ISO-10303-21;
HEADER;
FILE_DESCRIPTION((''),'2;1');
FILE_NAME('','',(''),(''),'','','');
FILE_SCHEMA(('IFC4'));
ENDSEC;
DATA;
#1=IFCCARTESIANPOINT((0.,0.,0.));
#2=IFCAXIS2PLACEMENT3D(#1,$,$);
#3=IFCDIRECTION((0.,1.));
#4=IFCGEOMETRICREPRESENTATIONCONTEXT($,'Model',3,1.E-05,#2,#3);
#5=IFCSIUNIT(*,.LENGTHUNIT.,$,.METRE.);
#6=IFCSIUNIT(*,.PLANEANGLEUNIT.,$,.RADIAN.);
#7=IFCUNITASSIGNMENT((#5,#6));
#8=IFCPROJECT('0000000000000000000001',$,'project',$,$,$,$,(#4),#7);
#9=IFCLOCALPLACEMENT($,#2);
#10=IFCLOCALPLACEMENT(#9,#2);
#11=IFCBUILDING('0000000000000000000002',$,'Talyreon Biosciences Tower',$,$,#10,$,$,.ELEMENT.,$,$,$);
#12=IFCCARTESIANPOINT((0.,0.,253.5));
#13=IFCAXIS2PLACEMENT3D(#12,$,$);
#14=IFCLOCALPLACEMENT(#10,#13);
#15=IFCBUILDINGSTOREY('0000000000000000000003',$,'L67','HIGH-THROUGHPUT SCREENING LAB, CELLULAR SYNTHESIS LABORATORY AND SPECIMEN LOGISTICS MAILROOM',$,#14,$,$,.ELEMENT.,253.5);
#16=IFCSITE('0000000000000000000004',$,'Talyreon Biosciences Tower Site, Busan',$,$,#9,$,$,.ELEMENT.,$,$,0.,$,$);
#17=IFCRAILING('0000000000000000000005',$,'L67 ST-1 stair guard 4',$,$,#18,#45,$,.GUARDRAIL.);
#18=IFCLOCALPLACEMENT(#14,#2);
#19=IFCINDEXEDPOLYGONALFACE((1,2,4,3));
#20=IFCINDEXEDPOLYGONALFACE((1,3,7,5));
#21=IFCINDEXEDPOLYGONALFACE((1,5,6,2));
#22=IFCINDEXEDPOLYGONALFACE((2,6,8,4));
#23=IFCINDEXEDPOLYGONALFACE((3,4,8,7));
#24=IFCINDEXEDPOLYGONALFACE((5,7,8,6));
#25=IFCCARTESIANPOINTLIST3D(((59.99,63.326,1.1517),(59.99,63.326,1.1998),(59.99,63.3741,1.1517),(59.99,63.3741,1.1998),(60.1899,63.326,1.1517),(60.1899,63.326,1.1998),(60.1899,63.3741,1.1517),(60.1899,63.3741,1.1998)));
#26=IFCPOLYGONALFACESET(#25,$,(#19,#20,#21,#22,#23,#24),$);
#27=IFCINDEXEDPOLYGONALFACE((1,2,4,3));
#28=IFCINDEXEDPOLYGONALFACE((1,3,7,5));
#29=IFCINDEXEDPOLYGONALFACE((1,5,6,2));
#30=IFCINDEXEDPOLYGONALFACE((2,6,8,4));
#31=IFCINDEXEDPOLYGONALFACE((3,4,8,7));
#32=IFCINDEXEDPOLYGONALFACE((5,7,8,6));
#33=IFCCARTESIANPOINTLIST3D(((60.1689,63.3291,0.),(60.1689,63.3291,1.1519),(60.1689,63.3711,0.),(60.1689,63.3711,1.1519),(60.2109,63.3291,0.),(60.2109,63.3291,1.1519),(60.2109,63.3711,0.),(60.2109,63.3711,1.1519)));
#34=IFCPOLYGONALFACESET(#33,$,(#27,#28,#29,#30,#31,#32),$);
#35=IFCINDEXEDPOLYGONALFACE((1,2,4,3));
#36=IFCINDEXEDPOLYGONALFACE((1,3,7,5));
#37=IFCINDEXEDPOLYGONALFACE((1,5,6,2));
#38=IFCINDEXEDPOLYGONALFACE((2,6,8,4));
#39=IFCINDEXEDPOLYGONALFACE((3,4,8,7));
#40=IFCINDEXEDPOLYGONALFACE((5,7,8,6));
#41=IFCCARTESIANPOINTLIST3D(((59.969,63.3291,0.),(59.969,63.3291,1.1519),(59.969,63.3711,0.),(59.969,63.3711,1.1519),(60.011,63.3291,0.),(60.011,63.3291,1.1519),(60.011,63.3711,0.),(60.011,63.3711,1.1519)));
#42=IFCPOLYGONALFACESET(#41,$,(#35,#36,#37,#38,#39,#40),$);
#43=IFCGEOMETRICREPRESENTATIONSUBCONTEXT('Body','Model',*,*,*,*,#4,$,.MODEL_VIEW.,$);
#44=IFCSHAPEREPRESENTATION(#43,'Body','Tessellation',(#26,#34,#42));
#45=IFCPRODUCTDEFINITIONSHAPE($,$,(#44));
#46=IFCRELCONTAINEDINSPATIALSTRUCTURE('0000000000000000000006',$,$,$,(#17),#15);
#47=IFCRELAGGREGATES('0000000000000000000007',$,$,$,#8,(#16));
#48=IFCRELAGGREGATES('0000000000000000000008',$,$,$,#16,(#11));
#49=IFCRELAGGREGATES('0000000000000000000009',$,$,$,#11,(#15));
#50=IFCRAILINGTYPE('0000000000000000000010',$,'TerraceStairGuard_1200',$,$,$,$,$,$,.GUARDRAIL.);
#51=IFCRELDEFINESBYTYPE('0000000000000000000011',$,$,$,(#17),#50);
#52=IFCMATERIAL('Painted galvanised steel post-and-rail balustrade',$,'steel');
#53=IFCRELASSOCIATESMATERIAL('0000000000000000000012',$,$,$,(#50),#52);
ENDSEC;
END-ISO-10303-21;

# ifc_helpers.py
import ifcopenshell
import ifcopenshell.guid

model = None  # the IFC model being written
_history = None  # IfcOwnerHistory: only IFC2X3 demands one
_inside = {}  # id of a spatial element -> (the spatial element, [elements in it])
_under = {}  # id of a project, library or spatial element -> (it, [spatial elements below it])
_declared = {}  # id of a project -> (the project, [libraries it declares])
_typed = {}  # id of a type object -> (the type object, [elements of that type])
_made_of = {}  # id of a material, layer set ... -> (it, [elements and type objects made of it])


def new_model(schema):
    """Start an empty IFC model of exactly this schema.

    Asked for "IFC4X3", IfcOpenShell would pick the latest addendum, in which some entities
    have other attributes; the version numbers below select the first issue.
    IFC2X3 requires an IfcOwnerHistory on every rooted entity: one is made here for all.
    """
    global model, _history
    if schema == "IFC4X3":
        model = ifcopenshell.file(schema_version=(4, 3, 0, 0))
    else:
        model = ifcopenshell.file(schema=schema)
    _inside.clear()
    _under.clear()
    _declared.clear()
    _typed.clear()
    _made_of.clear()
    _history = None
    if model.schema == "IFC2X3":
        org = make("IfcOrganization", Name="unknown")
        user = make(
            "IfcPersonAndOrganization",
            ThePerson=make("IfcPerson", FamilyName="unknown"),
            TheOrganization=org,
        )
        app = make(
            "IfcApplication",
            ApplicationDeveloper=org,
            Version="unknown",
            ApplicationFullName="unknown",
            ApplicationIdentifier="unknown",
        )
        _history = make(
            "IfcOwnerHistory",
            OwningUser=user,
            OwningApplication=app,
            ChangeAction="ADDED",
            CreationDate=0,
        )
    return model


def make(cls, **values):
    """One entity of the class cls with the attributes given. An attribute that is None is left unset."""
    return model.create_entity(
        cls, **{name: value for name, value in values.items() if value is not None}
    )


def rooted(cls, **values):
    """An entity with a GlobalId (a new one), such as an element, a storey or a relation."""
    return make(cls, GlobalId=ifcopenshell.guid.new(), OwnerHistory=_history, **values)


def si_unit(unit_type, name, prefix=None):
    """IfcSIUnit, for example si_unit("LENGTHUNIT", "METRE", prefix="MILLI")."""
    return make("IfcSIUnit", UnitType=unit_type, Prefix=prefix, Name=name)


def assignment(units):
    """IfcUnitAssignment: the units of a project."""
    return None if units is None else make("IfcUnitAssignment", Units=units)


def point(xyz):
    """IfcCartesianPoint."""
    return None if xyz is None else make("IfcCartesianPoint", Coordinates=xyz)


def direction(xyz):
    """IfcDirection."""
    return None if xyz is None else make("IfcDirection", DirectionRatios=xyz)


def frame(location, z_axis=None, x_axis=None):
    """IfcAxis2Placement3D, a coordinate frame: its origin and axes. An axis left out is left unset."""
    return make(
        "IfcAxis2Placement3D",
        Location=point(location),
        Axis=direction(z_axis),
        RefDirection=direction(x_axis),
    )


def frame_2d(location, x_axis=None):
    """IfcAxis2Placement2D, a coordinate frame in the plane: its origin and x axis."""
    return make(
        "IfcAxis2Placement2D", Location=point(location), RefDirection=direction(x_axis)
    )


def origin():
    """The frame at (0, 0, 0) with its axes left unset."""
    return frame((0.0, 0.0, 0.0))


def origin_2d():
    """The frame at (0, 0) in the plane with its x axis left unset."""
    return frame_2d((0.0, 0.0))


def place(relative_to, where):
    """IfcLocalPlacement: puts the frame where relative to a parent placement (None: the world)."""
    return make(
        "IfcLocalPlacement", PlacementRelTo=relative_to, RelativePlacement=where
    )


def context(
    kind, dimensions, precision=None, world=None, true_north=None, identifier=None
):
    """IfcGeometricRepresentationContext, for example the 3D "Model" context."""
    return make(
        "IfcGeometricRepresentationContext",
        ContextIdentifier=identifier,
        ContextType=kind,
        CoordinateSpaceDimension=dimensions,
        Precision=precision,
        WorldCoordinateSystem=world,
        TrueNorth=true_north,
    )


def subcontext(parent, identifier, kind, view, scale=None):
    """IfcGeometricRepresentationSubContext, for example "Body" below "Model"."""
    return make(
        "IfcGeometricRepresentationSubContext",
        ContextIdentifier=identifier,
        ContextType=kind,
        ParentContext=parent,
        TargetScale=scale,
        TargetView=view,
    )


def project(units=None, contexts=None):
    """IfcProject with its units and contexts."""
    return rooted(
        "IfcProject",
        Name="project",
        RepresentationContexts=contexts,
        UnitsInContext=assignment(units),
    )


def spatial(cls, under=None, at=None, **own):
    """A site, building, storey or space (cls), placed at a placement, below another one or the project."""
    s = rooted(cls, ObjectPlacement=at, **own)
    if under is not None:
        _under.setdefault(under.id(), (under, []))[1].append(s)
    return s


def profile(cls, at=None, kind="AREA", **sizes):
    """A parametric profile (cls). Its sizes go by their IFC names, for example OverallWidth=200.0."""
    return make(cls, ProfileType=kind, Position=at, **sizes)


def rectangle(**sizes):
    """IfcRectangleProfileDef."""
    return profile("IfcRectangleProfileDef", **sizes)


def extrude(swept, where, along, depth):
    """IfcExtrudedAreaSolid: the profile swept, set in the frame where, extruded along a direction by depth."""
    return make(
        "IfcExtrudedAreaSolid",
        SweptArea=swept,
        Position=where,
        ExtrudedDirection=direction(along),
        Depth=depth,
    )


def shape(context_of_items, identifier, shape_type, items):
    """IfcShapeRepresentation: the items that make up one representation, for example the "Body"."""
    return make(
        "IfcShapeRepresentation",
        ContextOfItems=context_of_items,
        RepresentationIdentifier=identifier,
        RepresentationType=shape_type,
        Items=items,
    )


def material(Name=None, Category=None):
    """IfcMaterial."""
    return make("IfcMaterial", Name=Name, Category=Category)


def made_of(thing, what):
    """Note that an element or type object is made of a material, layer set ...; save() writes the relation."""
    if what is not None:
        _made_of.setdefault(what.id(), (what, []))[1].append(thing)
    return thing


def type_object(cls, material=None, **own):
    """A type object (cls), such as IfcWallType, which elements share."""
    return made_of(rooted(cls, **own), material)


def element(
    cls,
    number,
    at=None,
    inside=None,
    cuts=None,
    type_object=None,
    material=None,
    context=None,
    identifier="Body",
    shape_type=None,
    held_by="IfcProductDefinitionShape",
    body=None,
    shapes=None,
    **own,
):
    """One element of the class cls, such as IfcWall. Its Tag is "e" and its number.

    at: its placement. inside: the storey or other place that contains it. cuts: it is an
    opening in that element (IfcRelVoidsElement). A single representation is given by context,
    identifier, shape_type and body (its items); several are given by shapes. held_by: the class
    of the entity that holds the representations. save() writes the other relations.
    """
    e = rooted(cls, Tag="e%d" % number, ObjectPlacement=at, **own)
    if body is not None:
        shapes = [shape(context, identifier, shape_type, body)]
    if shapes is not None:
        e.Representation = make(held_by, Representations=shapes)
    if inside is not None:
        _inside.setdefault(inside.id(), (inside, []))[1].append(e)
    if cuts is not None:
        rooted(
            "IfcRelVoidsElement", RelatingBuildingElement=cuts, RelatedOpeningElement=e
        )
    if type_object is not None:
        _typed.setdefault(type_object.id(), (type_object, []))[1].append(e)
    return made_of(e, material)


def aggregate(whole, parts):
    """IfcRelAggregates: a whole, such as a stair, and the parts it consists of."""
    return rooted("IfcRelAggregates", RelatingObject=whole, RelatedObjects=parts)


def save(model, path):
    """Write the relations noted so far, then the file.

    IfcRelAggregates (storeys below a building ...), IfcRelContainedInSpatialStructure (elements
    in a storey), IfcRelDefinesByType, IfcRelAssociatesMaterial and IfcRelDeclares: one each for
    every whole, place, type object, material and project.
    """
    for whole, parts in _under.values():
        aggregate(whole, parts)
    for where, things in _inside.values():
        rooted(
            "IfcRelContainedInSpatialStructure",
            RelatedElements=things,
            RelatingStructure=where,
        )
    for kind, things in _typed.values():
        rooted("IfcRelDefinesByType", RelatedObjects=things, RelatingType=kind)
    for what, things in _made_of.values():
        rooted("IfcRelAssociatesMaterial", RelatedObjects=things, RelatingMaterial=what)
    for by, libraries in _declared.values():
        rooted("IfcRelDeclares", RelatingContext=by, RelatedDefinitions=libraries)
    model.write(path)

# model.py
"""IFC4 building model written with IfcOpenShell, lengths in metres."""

from ifc_helpers import new_model, si_unit, direction, frame, origin, origin_2d, place, context, subcontext, project, spatial, rectangle, extrude, material, type_object, element, save


model = new_model("IFC4")

# Units and contexts
model_context = context("Model", 3, precision=1e-05, world=origin(), true_north=direction((0.0, 1.0)))
body_context = subcontext(model_context, "Body", "Model", "MODEL_VIEW")
ifc_project = project(units=[si_unit("LENGTHUNIT", "METRE"), si_unit("PLANEANGLEUNIT", "RADIAN")], contexts=[model_context])

# Site, building, storey
site_placement = place(None, origin())
site = spatial("IfcSite", under=ifc_project, at=site_placement, Name="Talyreon Biosciences Tower Site, Busan", CompositionType="ELEMENT", RefElevation=0.0)
building_placement = place(site_placement, origin())
building = spatial("IfcBuilding", under=site, at=building_placement, Name="Talyreon Biosciences Tower", CompositionType="ELEMENT")
storey_placement = place(building_placement, frame((0.0, 0.0, 253.5)))
storey = spatial("IfcBuildingStorey", under=building, at=storey_placement, Name="L67", Description="HIGH-THROUGHPUT SCREENING LAB, CELLULAR SYNTHESIS LABORATORY AND SPECIMEN LOGISTICS MAILROOM", CompositionType="ELEMENT", Elevation=253.5)

# Railing
ifc_material_1 = material(Name="Painted galvanised steel post-and-rail balustrade", Category="steel")
railing_type_1 = type_object("IfcRailingType", Name="TerraceStairGuard_1200", PredefinedType="GUARDRAIL", material=ifc_material_1)
railing_1_placement = place(storey_placement, frame((60.1899, 63.3501, 0.0)))
element("IfcRailing", 1, at=railing_1_placement, inside=storey, type_object=railing_type_1, Name="L67 ST-1 stair guard 4", PredefinedType="GUARDRAIL", context=body_context, shape_type="SweptSolid", body=[
    extrude(rectangle(XDim=0.0481, YDim=0.0481, at=origin_2d()), frame((0.0, 0.0, 1.1758), z_axis=(-1.0, 0.0, 0.0), x_axis=(0.0, -1.0, 0.0)), (0.0, 0.0, 1.0), 0.2),
    extrude(rectangle(XDim=0.042, YDim=0.042, at=origin_2d()), origin(), (0.0, 0.0, 1.0), 1.1519),
    extrude(rectangle(XDim=0.042, YDim=0.042, at=origin_2d()), frame((-0.2, 0.0, 0.0)), (0.0, 0.0, 1.0), 1.1519),
])

save(model, "model.ifc")
